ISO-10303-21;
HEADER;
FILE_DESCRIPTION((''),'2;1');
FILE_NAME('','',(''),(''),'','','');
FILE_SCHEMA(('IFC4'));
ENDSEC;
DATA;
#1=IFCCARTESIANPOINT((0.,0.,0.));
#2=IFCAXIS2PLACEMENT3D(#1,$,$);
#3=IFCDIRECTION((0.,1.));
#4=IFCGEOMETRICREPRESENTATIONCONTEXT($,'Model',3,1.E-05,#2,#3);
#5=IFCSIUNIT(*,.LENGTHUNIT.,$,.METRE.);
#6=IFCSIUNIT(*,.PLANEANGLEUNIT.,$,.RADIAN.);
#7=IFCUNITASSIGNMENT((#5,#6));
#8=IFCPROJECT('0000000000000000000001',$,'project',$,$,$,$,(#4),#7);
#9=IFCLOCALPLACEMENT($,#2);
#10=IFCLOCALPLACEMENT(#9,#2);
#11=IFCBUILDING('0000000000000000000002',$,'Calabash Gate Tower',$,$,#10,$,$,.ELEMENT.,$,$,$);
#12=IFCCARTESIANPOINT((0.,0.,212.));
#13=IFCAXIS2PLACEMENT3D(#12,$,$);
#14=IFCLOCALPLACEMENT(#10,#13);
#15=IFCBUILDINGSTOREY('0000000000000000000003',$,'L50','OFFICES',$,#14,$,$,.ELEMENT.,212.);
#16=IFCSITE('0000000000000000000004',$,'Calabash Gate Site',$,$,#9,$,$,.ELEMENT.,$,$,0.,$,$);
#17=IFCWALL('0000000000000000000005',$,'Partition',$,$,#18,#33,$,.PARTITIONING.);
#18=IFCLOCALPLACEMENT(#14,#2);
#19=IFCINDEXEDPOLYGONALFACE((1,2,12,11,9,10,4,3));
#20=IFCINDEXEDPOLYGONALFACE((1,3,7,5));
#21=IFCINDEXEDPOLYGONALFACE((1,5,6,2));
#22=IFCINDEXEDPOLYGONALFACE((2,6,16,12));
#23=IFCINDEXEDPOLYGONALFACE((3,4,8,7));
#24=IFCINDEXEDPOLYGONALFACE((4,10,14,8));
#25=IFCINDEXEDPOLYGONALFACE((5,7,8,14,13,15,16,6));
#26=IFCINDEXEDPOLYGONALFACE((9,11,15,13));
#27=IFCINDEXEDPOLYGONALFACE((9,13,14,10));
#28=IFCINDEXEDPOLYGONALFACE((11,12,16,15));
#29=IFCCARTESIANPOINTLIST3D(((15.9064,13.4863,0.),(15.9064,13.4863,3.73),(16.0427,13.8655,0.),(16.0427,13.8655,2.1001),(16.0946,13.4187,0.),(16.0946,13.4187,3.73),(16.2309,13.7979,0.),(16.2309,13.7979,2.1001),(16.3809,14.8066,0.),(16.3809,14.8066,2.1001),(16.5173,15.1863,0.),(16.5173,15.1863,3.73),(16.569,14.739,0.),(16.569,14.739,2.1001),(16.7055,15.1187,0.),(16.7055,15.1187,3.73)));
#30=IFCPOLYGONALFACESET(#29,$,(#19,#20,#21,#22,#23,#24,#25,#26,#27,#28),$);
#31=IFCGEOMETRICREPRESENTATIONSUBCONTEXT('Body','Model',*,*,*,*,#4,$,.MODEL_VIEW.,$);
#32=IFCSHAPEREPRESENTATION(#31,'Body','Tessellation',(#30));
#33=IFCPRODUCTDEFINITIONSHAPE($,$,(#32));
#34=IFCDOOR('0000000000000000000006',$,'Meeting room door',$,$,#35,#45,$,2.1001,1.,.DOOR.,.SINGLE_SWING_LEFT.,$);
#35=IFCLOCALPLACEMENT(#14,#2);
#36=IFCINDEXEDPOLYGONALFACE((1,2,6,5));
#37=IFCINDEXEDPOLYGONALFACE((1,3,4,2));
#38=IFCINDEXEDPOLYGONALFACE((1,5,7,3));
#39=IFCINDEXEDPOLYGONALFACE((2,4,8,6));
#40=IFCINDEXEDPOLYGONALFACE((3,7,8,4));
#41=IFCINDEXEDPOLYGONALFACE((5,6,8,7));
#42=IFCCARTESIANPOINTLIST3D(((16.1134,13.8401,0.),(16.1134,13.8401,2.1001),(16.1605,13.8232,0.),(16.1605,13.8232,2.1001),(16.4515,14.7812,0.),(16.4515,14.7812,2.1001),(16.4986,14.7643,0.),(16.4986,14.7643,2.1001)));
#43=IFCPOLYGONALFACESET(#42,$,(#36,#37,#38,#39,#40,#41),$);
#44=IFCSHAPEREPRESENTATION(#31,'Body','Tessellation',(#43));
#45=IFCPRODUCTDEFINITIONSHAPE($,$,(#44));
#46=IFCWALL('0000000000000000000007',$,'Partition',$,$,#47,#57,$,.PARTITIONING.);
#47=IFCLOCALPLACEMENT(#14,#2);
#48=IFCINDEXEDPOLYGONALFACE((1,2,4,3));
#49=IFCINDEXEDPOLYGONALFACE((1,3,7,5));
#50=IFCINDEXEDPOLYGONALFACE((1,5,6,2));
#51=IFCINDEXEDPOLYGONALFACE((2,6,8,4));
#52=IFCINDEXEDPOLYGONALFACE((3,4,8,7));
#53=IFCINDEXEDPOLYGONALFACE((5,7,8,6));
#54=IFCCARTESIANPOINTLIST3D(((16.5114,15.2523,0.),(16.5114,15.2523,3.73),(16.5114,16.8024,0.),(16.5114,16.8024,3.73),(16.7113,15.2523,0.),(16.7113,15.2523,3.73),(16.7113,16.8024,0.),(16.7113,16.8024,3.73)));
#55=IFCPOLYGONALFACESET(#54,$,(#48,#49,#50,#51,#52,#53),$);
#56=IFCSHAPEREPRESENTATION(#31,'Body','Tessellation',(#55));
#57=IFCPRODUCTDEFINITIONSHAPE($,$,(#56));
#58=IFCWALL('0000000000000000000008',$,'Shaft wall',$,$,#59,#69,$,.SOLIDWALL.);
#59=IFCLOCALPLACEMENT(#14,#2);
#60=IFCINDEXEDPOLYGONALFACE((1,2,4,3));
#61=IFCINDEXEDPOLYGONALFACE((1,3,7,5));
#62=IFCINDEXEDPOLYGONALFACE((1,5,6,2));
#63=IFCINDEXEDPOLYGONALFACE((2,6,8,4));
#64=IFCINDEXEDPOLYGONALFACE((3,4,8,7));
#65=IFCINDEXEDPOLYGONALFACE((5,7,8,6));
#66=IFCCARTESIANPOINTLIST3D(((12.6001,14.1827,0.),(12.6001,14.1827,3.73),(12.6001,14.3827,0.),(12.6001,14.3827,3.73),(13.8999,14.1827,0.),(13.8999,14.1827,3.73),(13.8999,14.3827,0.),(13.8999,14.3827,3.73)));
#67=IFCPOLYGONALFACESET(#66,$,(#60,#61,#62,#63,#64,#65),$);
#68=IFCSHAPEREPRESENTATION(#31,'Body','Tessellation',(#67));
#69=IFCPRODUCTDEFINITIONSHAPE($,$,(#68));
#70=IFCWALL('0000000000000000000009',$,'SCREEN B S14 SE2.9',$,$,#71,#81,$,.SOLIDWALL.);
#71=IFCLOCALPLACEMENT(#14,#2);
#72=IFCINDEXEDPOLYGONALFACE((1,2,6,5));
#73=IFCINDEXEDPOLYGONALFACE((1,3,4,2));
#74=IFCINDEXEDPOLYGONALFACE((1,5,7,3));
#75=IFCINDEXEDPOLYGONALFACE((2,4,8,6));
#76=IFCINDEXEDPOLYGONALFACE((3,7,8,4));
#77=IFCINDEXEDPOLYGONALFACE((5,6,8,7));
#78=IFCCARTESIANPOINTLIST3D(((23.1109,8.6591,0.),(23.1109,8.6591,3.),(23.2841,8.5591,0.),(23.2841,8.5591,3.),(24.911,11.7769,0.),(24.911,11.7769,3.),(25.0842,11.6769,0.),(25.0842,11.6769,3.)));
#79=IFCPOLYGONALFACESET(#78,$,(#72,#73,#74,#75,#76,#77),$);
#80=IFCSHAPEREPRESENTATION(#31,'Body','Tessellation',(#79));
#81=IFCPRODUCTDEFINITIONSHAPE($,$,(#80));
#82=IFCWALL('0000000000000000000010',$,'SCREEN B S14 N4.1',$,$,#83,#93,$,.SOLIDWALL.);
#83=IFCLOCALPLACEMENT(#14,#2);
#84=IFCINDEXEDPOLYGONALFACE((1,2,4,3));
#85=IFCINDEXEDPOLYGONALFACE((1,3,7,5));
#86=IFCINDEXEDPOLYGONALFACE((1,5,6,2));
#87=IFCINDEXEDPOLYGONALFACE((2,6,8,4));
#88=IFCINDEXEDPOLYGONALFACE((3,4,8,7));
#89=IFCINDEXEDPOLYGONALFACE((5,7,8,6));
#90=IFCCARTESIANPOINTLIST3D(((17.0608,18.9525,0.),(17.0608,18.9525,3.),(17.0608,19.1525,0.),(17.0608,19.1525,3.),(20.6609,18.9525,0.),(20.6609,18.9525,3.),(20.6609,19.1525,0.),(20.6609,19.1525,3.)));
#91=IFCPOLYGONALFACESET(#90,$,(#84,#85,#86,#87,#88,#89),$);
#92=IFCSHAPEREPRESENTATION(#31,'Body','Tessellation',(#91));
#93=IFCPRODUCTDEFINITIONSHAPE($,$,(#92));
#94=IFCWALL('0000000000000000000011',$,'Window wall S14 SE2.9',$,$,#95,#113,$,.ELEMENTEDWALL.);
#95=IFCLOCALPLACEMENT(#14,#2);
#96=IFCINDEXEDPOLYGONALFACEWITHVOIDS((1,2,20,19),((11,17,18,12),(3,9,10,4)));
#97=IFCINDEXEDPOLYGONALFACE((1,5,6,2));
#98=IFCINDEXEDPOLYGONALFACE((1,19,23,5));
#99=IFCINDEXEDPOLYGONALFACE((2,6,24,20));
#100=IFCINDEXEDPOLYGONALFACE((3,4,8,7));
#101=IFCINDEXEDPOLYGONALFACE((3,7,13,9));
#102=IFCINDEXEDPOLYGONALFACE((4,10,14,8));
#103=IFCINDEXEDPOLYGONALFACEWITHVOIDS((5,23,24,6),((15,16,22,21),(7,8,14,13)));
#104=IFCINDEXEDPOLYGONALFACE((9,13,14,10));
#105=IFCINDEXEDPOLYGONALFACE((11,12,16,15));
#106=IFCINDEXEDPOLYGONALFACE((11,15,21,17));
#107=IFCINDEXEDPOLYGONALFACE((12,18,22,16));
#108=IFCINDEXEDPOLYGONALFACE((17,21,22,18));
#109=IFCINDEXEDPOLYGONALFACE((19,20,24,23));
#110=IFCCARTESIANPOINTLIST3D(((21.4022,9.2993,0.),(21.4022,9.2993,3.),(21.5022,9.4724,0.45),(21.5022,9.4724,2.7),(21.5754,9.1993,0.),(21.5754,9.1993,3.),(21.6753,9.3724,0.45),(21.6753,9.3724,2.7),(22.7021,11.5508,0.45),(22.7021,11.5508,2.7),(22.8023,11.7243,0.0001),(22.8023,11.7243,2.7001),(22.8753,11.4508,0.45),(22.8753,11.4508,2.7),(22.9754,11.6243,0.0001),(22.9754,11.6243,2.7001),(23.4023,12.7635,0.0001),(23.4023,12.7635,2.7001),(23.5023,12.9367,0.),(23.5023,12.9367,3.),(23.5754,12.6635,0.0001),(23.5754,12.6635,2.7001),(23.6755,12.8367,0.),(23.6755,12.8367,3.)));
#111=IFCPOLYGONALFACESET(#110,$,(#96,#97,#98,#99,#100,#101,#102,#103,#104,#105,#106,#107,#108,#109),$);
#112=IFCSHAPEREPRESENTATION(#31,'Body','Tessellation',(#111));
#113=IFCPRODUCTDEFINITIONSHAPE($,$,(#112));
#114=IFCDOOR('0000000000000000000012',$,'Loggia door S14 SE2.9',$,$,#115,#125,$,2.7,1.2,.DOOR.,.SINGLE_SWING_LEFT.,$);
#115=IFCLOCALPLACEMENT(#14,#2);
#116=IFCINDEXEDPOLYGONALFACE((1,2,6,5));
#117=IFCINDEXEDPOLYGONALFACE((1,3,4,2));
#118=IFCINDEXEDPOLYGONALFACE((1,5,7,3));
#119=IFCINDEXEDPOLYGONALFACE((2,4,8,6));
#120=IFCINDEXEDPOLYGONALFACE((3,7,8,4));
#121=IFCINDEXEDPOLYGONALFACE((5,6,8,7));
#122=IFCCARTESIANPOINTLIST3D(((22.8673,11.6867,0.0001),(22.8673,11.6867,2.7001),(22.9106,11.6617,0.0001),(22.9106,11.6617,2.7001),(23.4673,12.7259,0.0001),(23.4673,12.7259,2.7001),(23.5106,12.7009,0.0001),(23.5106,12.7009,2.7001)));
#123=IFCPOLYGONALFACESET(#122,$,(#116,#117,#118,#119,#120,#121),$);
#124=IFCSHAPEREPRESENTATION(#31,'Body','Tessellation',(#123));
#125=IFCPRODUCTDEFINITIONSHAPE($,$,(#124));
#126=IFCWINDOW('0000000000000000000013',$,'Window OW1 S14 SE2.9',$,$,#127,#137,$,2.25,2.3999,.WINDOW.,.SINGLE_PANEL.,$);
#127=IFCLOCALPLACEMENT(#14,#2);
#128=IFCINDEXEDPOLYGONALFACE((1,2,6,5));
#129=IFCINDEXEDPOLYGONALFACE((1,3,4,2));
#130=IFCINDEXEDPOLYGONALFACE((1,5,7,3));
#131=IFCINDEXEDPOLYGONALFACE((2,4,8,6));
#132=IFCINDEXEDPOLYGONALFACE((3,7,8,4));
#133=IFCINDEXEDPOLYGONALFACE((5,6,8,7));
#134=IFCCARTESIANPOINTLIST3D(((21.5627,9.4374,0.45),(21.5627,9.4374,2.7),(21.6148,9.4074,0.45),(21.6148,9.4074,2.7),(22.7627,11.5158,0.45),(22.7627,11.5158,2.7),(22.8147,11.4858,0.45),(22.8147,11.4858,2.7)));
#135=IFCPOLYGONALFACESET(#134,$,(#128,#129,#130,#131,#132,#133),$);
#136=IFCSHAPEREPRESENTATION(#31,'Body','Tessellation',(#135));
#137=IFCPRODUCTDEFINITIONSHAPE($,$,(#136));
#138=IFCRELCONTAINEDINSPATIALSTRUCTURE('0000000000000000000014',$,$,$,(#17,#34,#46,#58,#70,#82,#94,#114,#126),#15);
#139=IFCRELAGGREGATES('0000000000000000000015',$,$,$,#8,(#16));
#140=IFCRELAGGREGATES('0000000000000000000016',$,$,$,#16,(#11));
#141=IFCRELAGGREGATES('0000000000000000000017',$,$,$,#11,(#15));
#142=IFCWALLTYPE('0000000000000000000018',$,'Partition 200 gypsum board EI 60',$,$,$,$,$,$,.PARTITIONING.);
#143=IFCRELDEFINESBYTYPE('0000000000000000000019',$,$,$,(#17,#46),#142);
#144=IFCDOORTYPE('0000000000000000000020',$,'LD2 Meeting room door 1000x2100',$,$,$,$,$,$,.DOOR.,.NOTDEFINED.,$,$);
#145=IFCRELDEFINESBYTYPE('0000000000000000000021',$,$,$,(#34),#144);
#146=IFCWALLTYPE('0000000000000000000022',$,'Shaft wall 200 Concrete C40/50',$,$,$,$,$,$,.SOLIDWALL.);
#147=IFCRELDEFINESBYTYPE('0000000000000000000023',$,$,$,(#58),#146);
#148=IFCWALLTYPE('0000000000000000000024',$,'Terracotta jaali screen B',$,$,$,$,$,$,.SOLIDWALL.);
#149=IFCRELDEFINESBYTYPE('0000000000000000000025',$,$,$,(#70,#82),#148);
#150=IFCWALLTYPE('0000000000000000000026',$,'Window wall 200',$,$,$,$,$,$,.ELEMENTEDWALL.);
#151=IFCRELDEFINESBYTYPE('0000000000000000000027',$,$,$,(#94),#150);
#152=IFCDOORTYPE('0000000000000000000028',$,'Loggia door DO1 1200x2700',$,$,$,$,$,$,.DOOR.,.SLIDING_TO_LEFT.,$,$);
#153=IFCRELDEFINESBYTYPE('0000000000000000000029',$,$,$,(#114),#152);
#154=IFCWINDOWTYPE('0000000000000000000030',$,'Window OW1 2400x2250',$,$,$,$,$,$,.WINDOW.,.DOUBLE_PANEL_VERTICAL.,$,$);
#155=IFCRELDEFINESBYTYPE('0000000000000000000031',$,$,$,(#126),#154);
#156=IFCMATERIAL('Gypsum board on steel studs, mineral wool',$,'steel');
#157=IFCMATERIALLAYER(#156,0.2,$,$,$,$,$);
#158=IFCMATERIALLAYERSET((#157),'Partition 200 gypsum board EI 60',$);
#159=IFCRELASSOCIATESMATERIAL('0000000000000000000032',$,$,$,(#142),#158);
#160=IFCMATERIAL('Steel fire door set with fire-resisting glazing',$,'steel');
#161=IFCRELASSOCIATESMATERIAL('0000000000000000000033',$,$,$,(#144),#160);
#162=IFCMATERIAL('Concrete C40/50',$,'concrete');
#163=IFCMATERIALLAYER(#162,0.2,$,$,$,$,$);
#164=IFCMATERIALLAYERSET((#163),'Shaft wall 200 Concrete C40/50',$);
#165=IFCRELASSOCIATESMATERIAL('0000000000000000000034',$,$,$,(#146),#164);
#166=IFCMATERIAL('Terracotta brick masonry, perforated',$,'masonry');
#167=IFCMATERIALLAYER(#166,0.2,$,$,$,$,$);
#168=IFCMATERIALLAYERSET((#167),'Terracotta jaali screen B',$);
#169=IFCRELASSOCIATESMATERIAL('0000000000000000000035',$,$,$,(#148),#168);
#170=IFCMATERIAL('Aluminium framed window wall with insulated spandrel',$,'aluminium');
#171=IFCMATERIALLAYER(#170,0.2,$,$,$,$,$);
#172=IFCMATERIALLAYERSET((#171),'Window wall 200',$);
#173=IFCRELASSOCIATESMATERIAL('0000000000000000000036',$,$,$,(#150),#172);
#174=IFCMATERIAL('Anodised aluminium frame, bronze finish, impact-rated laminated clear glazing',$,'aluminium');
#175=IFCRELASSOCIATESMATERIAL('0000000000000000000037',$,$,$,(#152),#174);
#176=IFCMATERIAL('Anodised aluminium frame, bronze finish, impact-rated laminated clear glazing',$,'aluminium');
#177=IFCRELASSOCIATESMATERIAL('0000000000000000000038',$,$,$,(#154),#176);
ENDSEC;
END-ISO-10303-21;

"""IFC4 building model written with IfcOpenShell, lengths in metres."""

from ifc_helpers import new_model, si_unit, direction, frame, frame_2d, origin, place, context, subcontext, project, spatial, rectangle, extrude, material, layer, layer_set, type_object, element, fill, save


model = new_model("IFC4")

# Units and contexts
model_context = context("Model", 3, precision=1e-05, world=origin(), true_north=direction((0.0, 1.0)))
body_context = subcontext(model_context, "Body", "Model", "MODEL_VIEW")
ifc_project = project(units=[si_unit("LENGTHUNIT", "METRE"), si_unit("PLANEANGLEUNIT", "RADIAN")], contexts=[model_context])

# Site, building, storey
site_placement = place(None, origin())
site = spatial("IfcSite", under=ifc_project, at=site_placement, Name="Calabash Gate Site", CompositionType="ELEMENT", RefElevation=0.0)
building_placement = place(site_placement, origin())
building = spatial("IfcBuilding", under=site, at=building_placement, Name="Calabash Gate Tower", CompositionType="ELEMENT")
storey_placement = place(building_placement, frame((0.0, 0.0, 212.0)))
storey = spatial("IfcBuildingStorey", under=building, at=storey_placement, Name="L50", Description="OFFICES", CompositionType="ELEMENT", Elevation=212.0)

# Shared definitions
ifc_material_1 = material(Name="Gypsum board on steel studs, mineral wool", Category="steel")
ifc_layer_1 = layer(ifc_material_1, 0.2)
ifc_layer_set_1 = layer_set([ifc_layer_1], Name="Partition 200 gypsum board EI 60")
wall_type_1 = type_object("IfcWallType", Name="Partition 200 gypsum board EI 60", PredefinedType="PARTITIONING", material=ifc_layer_set_1)

# Wall, opening, door
wall_1_placement = place(storey_placement, frame((16.0005, 13.4524, 0.0), z_axis=(0.0, 0.0, 1.0), x_axis=(0.338159, 0.941089, 0.0)))
wall_1 = element("IfcWall", 1, at=wall_1_placement, inside=storey, type_object=wall_type_1, Name="Partition", PredefinedType="PARTITIONING", context=body_context, shape_type="SweptSolid", body=[
    extrude(rectangle(XDim=1.8064, YDim=0.2, at=frame_2d((0.9033, 0.0))), origin(), (0.0, 0.0, 1.0), 3.73),
])
opening_1_placement = place(wall_1_placement, frame((0.4031, 0.0, 0.0)))
opening_1 = element("IfcOpeningElement", 2, at=opening_1_placement, cuts=wall_1, PredefinedType="OPENING", context=body_context, shape_type="SweptSolid", body=[
    extrude(rectangle(XDim=1.0, YDim=2.1001, at=frame_2d((0.5, 1.05))), frame((0.0, 0.1099, 0.0), z_axis=(0.0, -1.0, 0.0), x_axis=(1.0, 0.0, 0.0)), (0.0, 0.0, 1.0), 0.22),
])
ifc_material_2 = material(Name="Steel fire door set with fire-resisting glazing", Category="steel")
door_type_1 = type_object("IfcDoorType", Name="LD2 Meeting room door 1000x2100", OperationType="NOTDEFINED", PredefinedType="DOOR", material=ifc_material_2)
door_1_placement = place(opening_1_placement, origin())
door_1 = element("IfcDoor", 3, at=door_1_placement, inside=storey, type_object=door_type_1, Name="Meeting room door", OperationType="SINGLE_SWING_LEFT", OverallHeight=2.1001, OverallWidth=1.0, PredefinedType="DOOR", context=body_context, shape_type="SweptSolid", body=[
    extrude(rectangle(XDim=1.0, YDim=2.1001, at=frame_2d((0.5, 1.05))), frame((0.0, 0.0249, 0.0), z_axis=(0.0, -1.0, 0.0), x_axis=(1.0, 0.0, 0.0)), (0.0, 0.0, 1.0), 0.05),
])
fill(opening_1, door_1)

# Walls
wall_2_placement = place(storey_placement, frame((16.6113, 15.2524, 0.0), z_axis=(0.0, 0.0, 1.0), x_axis=(0.0, 1.0, 0.0)))
element("IfcWall", 4, at=wall_2_placement, inside=storey, type_object=wall_type_1, Name="Partition", PredefinedType="PARTITIONING", context=body_context, shape_type="SweptSolid", body=[
    extrude(rectangle(XDim=1.55, YDim=0.2, at=frame_2d((0.7749, 0.0))), origin(), (0.0, 0.0, 1.0), 3.73),
])
ifc_material_3 = material(Name="Concrete C40/50", Category="concrete")
ifc_layer_2 = layer(ifc_material_3, 0.2)
ifc_layer_set_2 = layer_set([ifc_layer_2], Name="Shaft wall 200 Concrete C40/50")
wall_type_2 = type_object("IfcWallType", Name="Shaft wall 200 Concrete C40/50", PredefinedType="SOLIDWALL", material=ifc_layer_set_2)
wall_3_placement = place(storey_placement, frame((12.6001, 14.2827, 0.0), z_axis=(0.0, 0.0, 1.0), x_axis=(1.0, 0.0, 0.0)))
element("IfcWall", 5, at=wall_3_placement, inside=storey, type_object=wall_type_2, Name="Shaft wall", PredefinedType="SOLIDWALL", context=body_context, shape_type="SweptSolid", body=[
    extrude(rectangle(XDim=1.2998, YDim=0.2, at=frame_2d((0.6499, 0.0))), origin(), (0.0, 0.0, 1.0), 3.73),
])
ifc_material_4 = material(Name="Terracotta brick masonry, perforated", Category="masonry")
ifc_layer_3 = layer(ifc_material_4, 0.2)
ifc_layer_set_3 = layer_set([ifc_layer_3], Name="Terracotta jaali screen B")
wall_type_3 = type_object("IfcWallType", Name="Terracotta jaali screen B", PredefinedType="SOLIDWALL", material=ifc_layer_set_3)
for number, where, z_axis, x_axis, name in (
    (6, (23.1975, 8.6091, 0.0), (0.0, 0.0, 1.0), (0.500012, 0.866018, 0.0), "SCREEN B S14 SE2.9"),
    (7, (20.6609, 19.0525, 0.0), (0.0, 0.0, 1.0), (-1.0, 0.0, 0.0), "SCREEN B S14 N4.1"),
):
    element("IfcWall", number, at=place(storey_placement, frame(where, z_axis=z_axis, x_axis=x_axis)), inside=storey, type_object=wall_type_3, Name=name, PredefinedType="SOLIDWALL", context=body_context, shape_type="SweptSolid", body=[
        extrude(rectangle(XDim=3.6001, YDim=0.2, at=frame_2d((1.8, 0.0))), origin(), (0.0, 0.0, 1.0), 3.0),
    ])

# Wall, openings, door, window
ifc_material_5 = material(Name="Aluminium framed window wall with insulated spandrel", Category="aluminium")
ifc_layer_4 = layer(ifc_material_5, 0.2)
ifc_layer_set_4 = layer_set([ifc_layer_4], Name="Window wall 200")
wall_type_4 = type_object("IfcWallType", Name="Window wall 200", PredefinedType="ELEMENTEDWALL", material=ifc_layer_set_4)
wall_4_placement = place(storey_placement, frame((21.4888, 9.2493, 0.0), z_axis=(0.0, 0.0, 1.0), x_axis=(0.500003, 0.866024, 0.0)))
wall_4 = element("IfcWall", 8, at=wall_4_placement, inside=storey, type_object=wall_type_4, Name="Window wall S14 SE2.9", PredefinedType="ELEMENTEDWALL", context=body_context, shape_type="SweptSolid", body=[
    extrude(rectangle(XDim=4.2002, YDim=0.2, at=frame_2d((2.1001, 0.0))), origin(), (0.0, 0.0, 1.0), 3.0),
])
opening_2_placement = place(wall_4_placement, frame((0.2, 0.0, 0.45)))
opening_2 = element("IfcOpeningElement", 9, at=opening_2_placement, cuts=wall_4, PredefinedType="OPENING", context=body_context, shape_type="SweptSolid", body=[
    extrude(rectangle(XDim=2.3999, YDim=2.25, at=frame_2d((1.2, 1.125))), frame((0.0, 0.1099, 0.0), z_axis=(0.0, -1.0, 0.0), x_axis=(1.0, 0.0, 0.0)), (0.0, 0.0, 1.0), 0.22),
])
opening_3_placement = place(wall_4_placement, frame((2.8, 0.0, 0.0)))
opening_3 = element("IfcOpeningElement", 10, at=opening_3_placement, cuts=wall_4, PredefinedType="OPENING", context=body_context, shape_type="SweptSolid", body=[
    extrude(rectangle(XDim=1.2, YDim=2.7, at=frame_2d((0.6001, 1.3501))), frame((0.0, 0.1099, 0.0), z_axis=(0.0, -1.0, 0.0), x_axis=(1.0, 0.0, 0.0)), (0.0, 0.0, 1.0), 0.22),
])
ifc_material_6 = material(Name="Anodised aluminium frame, bronze finish, impact-rated laminated clear glazing", Category="aluminium")
door_type_2 = type_object("IfcDoorType", Name="Loggia door DO1 1200x2700", OperationType="SLIDING_TO_LEFT", PredefinedType="DOOR", material=ifc_material_6)
door_2_placement = place(opening_3_placement, origin())
door_2 = element("IfcDoor", 11, at=door_2_placement, inside=storey, type_object=door_type_2, Name="Loggia door S14 SE2.9", OperationType="SINGLE_SWING_LEFT", OverallHeight=2.7, OverallWidth=1.2, PredefinedType="DOOR", context=body_context, shape_type="SweptSolid", body=[
    extrude(rectangle(XDim=1.2, YDim=2.7, at=frame_2d((0.6001, 1.3501))), frame((0.0, 0.0249, 0.0), z_axis=(0.0, -1.0, 0.0), x_axis=(1.0, 0.0, 0.0)), (0.0, 0.0, 1.0), 0.05),
])
fill(opening_3, door_2)
ifc_material_7 = material(Name="Anodised aluminium frame, bronze finish, impact-rated laminated clear glazing", Category="aluminium")
window_type = type_object("IfcWindowType", Name="Window OW1 2400x2250", PartitioningType="DOUBLE_PANEL_VERTICAL", PredefinedType="WINDOW", material=ifc_material_7)
window_1_placement = place(opening_2_placement, origin())
window_1 = element("IfcWindow", 12, at=window_1_placement, inside=storey, type_object=window_type, Name="Window OW1 S14 SE2.9", OverallHeight=2.25, OverallWidth=2.3999, PartitioningType="SINGLE_PANEL", PredefinedType="WINDOW", context=body_context, shape_type="SweptSolid", body=[
    extrude(rectangle(XDim=2.3999, YDim=2.25, at=frame_2d((1.2, 1.125))), frame((0.0, 0.03, 0.0), z_axis=(0.0, -1.0, 0.0), x_axis=(1.0, 0.0, 0.0)), (0.0, 0.0, 1.0), 0.0601),
])
fill(opening_2, window_1)

save(model, "model.ifc")
